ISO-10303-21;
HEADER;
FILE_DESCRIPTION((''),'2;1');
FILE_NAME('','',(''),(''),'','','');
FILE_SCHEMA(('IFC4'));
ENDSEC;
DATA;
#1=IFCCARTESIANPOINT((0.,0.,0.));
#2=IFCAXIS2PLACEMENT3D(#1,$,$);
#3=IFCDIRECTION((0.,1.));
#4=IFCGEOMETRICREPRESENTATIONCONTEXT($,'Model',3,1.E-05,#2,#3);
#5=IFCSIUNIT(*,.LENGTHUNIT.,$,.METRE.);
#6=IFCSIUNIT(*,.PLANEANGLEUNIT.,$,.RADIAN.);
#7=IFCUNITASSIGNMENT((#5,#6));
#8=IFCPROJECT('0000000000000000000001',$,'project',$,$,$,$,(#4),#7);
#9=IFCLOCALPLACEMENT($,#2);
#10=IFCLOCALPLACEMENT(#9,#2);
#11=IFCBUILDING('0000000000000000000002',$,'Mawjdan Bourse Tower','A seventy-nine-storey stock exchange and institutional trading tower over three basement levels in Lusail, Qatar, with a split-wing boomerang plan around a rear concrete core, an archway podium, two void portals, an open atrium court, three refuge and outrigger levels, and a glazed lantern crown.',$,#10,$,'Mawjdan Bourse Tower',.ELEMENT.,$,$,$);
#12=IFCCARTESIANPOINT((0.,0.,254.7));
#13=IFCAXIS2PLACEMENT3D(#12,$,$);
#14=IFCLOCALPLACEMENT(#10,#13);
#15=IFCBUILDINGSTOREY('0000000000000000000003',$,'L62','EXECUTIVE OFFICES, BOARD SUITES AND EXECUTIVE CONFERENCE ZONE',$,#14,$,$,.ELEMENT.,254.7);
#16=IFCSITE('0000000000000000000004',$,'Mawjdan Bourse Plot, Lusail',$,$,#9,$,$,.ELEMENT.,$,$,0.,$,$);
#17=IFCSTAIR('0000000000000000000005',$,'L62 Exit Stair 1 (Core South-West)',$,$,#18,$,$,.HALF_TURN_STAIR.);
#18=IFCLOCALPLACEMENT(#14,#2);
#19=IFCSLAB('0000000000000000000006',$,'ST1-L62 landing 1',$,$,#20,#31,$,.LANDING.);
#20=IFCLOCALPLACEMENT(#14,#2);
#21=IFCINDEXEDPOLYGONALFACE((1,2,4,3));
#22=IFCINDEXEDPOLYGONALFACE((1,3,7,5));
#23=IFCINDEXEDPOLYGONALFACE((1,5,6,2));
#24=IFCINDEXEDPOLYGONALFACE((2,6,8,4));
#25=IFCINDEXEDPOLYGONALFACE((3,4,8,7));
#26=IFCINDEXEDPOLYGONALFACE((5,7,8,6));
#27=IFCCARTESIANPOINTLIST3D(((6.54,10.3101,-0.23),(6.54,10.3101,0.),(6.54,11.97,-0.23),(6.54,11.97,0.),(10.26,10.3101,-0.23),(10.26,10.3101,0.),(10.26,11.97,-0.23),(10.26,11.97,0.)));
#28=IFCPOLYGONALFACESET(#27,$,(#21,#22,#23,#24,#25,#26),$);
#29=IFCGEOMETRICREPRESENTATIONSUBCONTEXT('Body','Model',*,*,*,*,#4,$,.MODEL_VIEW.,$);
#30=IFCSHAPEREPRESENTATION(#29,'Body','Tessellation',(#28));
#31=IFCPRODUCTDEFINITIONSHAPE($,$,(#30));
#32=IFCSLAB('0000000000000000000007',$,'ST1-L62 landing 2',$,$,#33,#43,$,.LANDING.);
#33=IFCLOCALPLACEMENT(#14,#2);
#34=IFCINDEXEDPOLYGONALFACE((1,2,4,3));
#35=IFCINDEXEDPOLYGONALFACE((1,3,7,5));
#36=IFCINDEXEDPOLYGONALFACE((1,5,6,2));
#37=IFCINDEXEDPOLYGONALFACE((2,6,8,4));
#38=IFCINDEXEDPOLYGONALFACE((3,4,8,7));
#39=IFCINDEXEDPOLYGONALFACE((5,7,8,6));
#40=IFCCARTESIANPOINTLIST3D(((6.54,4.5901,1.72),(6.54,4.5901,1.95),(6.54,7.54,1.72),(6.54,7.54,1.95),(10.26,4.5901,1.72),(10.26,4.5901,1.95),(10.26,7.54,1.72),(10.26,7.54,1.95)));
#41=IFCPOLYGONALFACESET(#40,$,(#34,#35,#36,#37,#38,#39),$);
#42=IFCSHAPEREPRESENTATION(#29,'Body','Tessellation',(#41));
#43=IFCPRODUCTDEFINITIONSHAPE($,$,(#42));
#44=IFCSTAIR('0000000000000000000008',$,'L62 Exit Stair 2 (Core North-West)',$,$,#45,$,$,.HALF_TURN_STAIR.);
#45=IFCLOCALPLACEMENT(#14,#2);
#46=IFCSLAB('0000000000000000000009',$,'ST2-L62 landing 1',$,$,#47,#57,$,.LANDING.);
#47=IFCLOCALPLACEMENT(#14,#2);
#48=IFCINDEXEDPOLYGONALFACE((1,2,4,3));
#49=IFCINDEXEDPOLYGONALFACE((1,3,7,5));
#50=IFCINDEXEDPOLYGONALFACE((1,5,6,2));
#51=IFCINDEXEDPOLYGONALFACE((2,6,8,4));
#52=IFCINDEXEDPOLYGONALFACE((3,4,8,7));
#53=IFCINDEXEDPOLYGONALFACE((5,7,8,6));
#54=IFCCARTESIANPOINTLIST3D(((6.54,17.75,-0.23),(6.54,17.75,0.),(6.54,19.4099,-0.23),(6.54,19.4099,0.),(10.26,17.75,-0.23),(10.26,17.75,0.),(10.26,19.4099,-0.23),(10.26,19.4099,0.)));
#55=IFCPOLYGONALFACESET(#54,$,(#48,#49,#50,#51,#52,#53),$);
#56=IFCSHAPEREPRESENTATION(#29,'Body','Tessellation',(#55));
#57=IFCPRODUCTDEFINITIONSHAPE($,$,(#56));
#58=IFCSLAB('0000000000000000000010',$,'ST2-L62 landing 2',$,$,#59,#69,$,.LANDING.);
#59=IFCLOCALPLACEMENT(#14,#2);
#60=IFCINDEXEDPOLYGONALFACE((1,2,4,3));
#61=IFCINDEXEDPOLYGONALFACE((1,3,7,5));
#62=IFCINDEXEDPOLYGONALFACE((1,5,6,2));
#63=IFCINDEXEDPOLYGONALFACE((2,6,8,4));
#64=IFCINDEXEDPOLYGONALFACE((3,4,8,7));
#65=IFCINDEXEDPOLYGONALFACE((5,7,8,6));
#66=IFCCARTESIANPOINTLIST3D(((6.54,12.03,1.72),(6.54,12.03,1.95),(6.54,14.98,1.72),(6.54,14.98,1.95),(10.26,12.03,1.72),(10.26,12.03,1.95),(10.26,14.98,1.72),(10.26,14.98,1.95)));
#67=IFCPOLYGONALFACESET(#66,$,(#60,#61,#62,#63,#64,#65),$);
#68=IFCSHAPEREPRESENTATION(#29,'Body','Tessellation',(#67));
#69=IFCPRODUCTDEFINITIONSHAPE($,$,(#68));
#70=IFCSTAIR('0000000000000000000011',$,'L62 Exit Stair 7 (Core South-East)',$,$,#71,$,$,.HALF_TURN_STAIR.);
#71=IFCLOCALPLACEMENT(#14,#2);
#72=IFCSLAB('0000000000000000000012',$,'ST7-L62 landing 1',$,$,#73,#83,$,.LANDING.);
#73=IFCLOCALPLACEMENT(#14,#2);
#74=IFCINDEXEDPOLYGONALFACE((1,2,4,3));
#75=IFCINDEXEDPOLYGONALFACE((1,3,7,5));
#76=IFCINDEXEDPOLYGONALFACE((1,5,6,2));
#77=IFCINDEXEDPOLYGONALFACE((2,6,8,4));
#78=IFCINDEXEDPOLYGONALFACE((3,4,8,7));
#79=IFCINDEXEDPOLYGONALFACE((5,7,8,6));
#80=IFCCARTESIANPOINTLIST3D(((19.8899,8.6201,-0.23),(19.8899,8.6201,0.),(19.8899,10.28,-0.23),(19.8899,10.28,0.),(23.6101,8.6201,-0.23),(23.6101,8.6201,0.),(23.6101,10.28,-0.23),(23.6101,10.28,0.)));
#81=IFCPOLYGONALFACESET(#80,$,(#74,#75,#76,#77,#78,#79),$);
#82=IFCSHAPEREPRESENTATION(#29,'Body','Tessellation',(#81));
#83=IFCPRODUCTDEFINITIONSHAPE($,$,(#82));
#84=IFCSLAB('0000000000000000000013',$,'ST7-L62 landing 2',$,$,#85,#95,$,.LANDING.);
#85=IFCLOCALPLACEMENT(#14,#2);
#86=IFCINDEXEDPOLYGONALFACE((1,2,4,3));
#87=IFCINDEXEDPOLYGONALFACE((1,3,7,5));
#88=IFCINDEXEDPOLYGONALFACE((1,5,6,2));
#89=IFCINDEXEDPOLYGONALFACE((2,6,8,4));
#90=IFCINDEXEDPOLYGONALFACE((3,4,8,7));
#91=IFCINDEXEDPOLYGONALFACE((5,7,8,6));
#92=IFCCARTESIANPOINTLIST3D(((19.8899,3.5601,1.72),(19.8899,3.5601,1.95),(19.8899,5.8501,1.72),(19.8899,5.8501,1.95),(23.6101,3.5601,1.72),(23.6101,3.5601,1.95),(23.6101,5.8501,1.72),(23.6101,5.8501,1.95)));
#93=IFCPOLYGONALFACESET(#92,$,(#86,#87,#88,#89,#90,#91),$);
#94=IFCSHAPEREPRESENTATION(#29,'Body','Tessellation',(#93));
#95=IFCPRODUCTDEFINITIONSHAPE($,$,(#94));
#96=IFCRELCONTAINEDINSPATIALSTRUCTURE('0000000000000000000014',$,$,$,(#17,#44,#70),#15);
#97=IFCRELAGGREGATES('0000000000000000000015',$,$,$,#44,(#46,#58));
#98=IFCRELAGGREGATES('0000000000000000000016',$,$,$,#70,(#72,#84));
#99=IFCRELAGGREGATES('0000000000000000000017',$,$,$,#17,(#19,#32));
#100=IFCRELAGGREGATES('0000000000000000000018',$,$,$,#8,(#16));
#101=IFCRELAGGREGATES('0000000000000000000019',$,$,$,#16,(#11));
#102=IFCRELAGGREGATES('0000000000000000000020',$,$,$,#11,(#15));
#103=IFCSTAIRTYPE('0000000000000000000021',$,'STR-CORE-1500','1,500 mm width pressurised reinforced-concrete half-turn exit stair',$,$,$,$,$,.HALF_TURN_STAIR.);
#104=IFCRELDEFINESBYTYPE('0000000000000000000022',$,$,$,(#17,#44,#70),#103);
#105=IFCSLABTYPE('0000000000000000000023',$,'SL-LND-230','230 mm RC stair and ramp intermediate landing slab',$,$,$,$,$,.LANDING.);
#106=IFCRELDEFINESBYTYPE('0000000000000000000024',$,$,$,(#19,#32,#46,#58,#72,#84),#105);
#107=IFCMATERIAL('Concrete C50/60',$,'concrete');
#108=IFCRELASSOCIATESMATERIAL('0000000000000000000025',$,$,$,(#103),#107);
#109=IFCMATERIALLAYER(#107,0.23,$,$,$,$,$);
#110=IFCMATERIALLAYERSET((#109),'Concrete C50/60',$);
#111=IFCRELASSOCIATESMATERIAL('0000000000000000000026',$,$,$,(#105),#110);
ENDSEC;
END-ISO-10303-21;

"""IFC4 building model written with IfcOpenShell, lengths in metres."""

from ifc_helpers import new_model, si_unit, direction, frame, origin, place, context, subcontext, project, spatial, polyline, outline, extrude, material, layer, layer_set, type_object, element, aggregate, save


model = new_model("IFC4")

# Units and contexts
model_context = context("Model", 3, precision=1e-05, world=origin(), true_north=direction((0.0, 1.0)))
body_context = subcontext(model_context, "Body", "Model", "MODEL_VIEW")
ifc_project = project(units=[si_unit("LENGTHUNIT", "METRE"), si_unit("PLANEANGLEUNIT", "RADIAN")], contexts=[model_context])

# Site, building, storey
site_placement = place(None, origin())
site = spatial("IfcSite", under=ifc_project, at=site_placement, Name="Mawjdan Bourse Plot, Lusail", CompositionType="ELEMENT", RefElevation=0.0)
building_placement = place(site_placement, origin())
building = spatial("IfcBuilding", under=site, at=building_placement, Name="Mawjdan Bourse Tower", Description="A seventy-nine-storey stock exchange and institutional trading tower over three basement levels in Lusail, Qatar, with a split-wing boomerang plan around a rear concrete core, an archway podium, two void portals, an open atrium court, three refuge and outrigger levels, and a glazed lantern crown.", LongName="Mawjdan Bourse Tower", CompositionType="ELEMENT")
storey_placement = place(building_placement, frame((0.0, 0.0, 254.7)))
storey = spatial("IfcBuildingStorey", under=building, at=storey_placement, Name="L62", Description="EXECUTIVE OFFICES, BOARD SUITES AND EXECUTIVE CONFERENCE ZONE", CompositionType="ELEMENT", Elevation=254.7)

# Stairs, slabs
ifc_material_1 = material(Name="Concrete C50/60", Category="concrete")
stair_type = type_object("IfcStairType", Name="STR-CORE-1500", Description="1,500 mm width pressurised reinforced-concrete half-turn exit stair", PredefinedType="HALF_TURN_STAIR", material=ifc_material_1)
stair_1_placement = place(storey_placement, origin())
stair_1 = element("IfcStair", 1, at=stair_1_placement, inside=storey, type_object=stair_type, Name="L62 Exit Stair 1 (Core South-West)", PredefinedType="HALF_TURN_STAIR")
ifc_layer_1 = layer(ifc_material_1, 0.23)
ifc_layer_set_1 = layer_set([ifc_layer_1], Name="Concrete C50/60")
slab_type_1 = type_object("IfcSlabType", Name="SL-LND-230", Description="230 mm RC stair and ramp intermediate landing slab", PredefinedType="LANDING", material=ifc_layer_set_1)
slab_1_placement = place(storey_placement, frame((0.0, 0.0, -0.23)))
slab_1 = element("IfcSlab", 2, at=slab_1_placement, type_object=slab_type_1, Name="ST1-L62 landing 1", PredefinedType="LANDING", context=body_context, shape_type="SweptSolid", body=[
    extrude(outline(polyline([(6.54, 10.3101), (10.26, 10.3101), (10.26, 11.97), (6.54, 11.97), (6.54, 10.3101)])), origin(), (0.0, 0.0, 1.0), 0.23),
])
slab_2_placement = place(storey_placement, frame((0.0, 0.0, 1.72)))
slab_2 = element("IfcSlab", 3, at=slab_2_placement, type_object=slab_type_1, Name="ST1-L62 landing 2", PredefinedType="LANDING", context=body_context, shape_type="SweptSolid", body=[
    extrude(outline(polyline([(6.54, 4.5901), (10.26, 4.5901), (10.26, 7.54), (6.54, 7.54), (6.54, 4.5901)])), origin(), (0.0, 0.0, 1.0), 0.23),
])
stair_2_placement = place(storey_placement, origin())
stair_2 = element("IfcStair", 4, at=stair_2_placement, inside=storey, type_object=stair_type, Name="L62 Exit Stair 2 (Core North-West)", PredefinedType="HALF_TURN_STAIR")
slab_3_placement = place(storey_placement, frame((0.0, 0.0, -0.23)))
slab_3 = element("IfcSlab", 5, at=slab_3_placement, type_object=slab_type_1, Name="ST2-L62 landing 1", PredefinedType="LANDING", context=body_context, shape_type="SweptSolid", body=[
    extrude(outline(polyline([(6.54, 17.75), (10.26, 17.75), (10.26, 19.4099), (6.54, 19.4099), (6.54, 17.75)])), origin(), (0.0, 0.0, 1.0), 0.23),
])
slab_4_placement = place(storey_placement, frame((0.0, 0.0, 1.72)))
slab_4 = element("IfcSlab", 6, at=slab_4_placement, type_object=slab_type_1, Name="ST2-L62 landing 2", PredefinedType="LANDING", context=body_context, shape_type="SweptSolid", body=[
    extrude(outline(polyline([(6.54, 12.03), (10.26, 12.03), (10.26, 14.98), (6.54, 14.98), (6.54, 12.03)])), origin(), (0.0, 0.0, 1.0), 0.23),
])
aggregate(stair_2, [slab_3, slab_4])
stair_3_placement = place(storey_placement, origin())
stair_3 = element("IfcStair", 7, at=stair_3_placement, inside=storey, type_object=stair_type, Name="L62 Exit Stair 7 (Core South-East)", PredefinedType="HALF_TURN_STAIR")
slab_5_placement = place(storey_placement, frame((0.0, 0.0, -0.23)))
slab_5 = element("IfcSlab", 8, at=slab_5_placement, type_object=slab_type_1, Name="ST7-L62 landing 1", PredefinedType="LANDING", context=body_context, shape_type="SweptSolid", body=[
    extrude(outline(polyline([(19.8899, 8.6201), (23.6101, 8.6201), (23.6101, 10.28), (19.8899, 10.28), (19.8899, 8.6201)])), origin(), (0.0, 0.0, 1.0), 0.23),
])
slab_6_placement = place(storey_placement, frame((0.0, 0.0, 1.72)))
slab_6 = element("IfcSlab", 9, at=slab_6_placement, type_object=slab_type_1, Name="ST7-L62 landing 2", PredefinedType="LANDING", context=body_context, shape_type="SweptSolid", body=[
    extrude(outline(polyline([(19.8899, 3.5601), (23.6101, 3.5601), (23.6101, 5.8501), (19.8899, 5.8501), (19.8899, 3.5601)])), origin(), (0.0, 0.0, 1.0), 0.23),
])
aggregate(stair_3, [slab_5, slab_6])

aggregate(stair_1, [slab_1, slab_2])

save(model, "model.ifc")
